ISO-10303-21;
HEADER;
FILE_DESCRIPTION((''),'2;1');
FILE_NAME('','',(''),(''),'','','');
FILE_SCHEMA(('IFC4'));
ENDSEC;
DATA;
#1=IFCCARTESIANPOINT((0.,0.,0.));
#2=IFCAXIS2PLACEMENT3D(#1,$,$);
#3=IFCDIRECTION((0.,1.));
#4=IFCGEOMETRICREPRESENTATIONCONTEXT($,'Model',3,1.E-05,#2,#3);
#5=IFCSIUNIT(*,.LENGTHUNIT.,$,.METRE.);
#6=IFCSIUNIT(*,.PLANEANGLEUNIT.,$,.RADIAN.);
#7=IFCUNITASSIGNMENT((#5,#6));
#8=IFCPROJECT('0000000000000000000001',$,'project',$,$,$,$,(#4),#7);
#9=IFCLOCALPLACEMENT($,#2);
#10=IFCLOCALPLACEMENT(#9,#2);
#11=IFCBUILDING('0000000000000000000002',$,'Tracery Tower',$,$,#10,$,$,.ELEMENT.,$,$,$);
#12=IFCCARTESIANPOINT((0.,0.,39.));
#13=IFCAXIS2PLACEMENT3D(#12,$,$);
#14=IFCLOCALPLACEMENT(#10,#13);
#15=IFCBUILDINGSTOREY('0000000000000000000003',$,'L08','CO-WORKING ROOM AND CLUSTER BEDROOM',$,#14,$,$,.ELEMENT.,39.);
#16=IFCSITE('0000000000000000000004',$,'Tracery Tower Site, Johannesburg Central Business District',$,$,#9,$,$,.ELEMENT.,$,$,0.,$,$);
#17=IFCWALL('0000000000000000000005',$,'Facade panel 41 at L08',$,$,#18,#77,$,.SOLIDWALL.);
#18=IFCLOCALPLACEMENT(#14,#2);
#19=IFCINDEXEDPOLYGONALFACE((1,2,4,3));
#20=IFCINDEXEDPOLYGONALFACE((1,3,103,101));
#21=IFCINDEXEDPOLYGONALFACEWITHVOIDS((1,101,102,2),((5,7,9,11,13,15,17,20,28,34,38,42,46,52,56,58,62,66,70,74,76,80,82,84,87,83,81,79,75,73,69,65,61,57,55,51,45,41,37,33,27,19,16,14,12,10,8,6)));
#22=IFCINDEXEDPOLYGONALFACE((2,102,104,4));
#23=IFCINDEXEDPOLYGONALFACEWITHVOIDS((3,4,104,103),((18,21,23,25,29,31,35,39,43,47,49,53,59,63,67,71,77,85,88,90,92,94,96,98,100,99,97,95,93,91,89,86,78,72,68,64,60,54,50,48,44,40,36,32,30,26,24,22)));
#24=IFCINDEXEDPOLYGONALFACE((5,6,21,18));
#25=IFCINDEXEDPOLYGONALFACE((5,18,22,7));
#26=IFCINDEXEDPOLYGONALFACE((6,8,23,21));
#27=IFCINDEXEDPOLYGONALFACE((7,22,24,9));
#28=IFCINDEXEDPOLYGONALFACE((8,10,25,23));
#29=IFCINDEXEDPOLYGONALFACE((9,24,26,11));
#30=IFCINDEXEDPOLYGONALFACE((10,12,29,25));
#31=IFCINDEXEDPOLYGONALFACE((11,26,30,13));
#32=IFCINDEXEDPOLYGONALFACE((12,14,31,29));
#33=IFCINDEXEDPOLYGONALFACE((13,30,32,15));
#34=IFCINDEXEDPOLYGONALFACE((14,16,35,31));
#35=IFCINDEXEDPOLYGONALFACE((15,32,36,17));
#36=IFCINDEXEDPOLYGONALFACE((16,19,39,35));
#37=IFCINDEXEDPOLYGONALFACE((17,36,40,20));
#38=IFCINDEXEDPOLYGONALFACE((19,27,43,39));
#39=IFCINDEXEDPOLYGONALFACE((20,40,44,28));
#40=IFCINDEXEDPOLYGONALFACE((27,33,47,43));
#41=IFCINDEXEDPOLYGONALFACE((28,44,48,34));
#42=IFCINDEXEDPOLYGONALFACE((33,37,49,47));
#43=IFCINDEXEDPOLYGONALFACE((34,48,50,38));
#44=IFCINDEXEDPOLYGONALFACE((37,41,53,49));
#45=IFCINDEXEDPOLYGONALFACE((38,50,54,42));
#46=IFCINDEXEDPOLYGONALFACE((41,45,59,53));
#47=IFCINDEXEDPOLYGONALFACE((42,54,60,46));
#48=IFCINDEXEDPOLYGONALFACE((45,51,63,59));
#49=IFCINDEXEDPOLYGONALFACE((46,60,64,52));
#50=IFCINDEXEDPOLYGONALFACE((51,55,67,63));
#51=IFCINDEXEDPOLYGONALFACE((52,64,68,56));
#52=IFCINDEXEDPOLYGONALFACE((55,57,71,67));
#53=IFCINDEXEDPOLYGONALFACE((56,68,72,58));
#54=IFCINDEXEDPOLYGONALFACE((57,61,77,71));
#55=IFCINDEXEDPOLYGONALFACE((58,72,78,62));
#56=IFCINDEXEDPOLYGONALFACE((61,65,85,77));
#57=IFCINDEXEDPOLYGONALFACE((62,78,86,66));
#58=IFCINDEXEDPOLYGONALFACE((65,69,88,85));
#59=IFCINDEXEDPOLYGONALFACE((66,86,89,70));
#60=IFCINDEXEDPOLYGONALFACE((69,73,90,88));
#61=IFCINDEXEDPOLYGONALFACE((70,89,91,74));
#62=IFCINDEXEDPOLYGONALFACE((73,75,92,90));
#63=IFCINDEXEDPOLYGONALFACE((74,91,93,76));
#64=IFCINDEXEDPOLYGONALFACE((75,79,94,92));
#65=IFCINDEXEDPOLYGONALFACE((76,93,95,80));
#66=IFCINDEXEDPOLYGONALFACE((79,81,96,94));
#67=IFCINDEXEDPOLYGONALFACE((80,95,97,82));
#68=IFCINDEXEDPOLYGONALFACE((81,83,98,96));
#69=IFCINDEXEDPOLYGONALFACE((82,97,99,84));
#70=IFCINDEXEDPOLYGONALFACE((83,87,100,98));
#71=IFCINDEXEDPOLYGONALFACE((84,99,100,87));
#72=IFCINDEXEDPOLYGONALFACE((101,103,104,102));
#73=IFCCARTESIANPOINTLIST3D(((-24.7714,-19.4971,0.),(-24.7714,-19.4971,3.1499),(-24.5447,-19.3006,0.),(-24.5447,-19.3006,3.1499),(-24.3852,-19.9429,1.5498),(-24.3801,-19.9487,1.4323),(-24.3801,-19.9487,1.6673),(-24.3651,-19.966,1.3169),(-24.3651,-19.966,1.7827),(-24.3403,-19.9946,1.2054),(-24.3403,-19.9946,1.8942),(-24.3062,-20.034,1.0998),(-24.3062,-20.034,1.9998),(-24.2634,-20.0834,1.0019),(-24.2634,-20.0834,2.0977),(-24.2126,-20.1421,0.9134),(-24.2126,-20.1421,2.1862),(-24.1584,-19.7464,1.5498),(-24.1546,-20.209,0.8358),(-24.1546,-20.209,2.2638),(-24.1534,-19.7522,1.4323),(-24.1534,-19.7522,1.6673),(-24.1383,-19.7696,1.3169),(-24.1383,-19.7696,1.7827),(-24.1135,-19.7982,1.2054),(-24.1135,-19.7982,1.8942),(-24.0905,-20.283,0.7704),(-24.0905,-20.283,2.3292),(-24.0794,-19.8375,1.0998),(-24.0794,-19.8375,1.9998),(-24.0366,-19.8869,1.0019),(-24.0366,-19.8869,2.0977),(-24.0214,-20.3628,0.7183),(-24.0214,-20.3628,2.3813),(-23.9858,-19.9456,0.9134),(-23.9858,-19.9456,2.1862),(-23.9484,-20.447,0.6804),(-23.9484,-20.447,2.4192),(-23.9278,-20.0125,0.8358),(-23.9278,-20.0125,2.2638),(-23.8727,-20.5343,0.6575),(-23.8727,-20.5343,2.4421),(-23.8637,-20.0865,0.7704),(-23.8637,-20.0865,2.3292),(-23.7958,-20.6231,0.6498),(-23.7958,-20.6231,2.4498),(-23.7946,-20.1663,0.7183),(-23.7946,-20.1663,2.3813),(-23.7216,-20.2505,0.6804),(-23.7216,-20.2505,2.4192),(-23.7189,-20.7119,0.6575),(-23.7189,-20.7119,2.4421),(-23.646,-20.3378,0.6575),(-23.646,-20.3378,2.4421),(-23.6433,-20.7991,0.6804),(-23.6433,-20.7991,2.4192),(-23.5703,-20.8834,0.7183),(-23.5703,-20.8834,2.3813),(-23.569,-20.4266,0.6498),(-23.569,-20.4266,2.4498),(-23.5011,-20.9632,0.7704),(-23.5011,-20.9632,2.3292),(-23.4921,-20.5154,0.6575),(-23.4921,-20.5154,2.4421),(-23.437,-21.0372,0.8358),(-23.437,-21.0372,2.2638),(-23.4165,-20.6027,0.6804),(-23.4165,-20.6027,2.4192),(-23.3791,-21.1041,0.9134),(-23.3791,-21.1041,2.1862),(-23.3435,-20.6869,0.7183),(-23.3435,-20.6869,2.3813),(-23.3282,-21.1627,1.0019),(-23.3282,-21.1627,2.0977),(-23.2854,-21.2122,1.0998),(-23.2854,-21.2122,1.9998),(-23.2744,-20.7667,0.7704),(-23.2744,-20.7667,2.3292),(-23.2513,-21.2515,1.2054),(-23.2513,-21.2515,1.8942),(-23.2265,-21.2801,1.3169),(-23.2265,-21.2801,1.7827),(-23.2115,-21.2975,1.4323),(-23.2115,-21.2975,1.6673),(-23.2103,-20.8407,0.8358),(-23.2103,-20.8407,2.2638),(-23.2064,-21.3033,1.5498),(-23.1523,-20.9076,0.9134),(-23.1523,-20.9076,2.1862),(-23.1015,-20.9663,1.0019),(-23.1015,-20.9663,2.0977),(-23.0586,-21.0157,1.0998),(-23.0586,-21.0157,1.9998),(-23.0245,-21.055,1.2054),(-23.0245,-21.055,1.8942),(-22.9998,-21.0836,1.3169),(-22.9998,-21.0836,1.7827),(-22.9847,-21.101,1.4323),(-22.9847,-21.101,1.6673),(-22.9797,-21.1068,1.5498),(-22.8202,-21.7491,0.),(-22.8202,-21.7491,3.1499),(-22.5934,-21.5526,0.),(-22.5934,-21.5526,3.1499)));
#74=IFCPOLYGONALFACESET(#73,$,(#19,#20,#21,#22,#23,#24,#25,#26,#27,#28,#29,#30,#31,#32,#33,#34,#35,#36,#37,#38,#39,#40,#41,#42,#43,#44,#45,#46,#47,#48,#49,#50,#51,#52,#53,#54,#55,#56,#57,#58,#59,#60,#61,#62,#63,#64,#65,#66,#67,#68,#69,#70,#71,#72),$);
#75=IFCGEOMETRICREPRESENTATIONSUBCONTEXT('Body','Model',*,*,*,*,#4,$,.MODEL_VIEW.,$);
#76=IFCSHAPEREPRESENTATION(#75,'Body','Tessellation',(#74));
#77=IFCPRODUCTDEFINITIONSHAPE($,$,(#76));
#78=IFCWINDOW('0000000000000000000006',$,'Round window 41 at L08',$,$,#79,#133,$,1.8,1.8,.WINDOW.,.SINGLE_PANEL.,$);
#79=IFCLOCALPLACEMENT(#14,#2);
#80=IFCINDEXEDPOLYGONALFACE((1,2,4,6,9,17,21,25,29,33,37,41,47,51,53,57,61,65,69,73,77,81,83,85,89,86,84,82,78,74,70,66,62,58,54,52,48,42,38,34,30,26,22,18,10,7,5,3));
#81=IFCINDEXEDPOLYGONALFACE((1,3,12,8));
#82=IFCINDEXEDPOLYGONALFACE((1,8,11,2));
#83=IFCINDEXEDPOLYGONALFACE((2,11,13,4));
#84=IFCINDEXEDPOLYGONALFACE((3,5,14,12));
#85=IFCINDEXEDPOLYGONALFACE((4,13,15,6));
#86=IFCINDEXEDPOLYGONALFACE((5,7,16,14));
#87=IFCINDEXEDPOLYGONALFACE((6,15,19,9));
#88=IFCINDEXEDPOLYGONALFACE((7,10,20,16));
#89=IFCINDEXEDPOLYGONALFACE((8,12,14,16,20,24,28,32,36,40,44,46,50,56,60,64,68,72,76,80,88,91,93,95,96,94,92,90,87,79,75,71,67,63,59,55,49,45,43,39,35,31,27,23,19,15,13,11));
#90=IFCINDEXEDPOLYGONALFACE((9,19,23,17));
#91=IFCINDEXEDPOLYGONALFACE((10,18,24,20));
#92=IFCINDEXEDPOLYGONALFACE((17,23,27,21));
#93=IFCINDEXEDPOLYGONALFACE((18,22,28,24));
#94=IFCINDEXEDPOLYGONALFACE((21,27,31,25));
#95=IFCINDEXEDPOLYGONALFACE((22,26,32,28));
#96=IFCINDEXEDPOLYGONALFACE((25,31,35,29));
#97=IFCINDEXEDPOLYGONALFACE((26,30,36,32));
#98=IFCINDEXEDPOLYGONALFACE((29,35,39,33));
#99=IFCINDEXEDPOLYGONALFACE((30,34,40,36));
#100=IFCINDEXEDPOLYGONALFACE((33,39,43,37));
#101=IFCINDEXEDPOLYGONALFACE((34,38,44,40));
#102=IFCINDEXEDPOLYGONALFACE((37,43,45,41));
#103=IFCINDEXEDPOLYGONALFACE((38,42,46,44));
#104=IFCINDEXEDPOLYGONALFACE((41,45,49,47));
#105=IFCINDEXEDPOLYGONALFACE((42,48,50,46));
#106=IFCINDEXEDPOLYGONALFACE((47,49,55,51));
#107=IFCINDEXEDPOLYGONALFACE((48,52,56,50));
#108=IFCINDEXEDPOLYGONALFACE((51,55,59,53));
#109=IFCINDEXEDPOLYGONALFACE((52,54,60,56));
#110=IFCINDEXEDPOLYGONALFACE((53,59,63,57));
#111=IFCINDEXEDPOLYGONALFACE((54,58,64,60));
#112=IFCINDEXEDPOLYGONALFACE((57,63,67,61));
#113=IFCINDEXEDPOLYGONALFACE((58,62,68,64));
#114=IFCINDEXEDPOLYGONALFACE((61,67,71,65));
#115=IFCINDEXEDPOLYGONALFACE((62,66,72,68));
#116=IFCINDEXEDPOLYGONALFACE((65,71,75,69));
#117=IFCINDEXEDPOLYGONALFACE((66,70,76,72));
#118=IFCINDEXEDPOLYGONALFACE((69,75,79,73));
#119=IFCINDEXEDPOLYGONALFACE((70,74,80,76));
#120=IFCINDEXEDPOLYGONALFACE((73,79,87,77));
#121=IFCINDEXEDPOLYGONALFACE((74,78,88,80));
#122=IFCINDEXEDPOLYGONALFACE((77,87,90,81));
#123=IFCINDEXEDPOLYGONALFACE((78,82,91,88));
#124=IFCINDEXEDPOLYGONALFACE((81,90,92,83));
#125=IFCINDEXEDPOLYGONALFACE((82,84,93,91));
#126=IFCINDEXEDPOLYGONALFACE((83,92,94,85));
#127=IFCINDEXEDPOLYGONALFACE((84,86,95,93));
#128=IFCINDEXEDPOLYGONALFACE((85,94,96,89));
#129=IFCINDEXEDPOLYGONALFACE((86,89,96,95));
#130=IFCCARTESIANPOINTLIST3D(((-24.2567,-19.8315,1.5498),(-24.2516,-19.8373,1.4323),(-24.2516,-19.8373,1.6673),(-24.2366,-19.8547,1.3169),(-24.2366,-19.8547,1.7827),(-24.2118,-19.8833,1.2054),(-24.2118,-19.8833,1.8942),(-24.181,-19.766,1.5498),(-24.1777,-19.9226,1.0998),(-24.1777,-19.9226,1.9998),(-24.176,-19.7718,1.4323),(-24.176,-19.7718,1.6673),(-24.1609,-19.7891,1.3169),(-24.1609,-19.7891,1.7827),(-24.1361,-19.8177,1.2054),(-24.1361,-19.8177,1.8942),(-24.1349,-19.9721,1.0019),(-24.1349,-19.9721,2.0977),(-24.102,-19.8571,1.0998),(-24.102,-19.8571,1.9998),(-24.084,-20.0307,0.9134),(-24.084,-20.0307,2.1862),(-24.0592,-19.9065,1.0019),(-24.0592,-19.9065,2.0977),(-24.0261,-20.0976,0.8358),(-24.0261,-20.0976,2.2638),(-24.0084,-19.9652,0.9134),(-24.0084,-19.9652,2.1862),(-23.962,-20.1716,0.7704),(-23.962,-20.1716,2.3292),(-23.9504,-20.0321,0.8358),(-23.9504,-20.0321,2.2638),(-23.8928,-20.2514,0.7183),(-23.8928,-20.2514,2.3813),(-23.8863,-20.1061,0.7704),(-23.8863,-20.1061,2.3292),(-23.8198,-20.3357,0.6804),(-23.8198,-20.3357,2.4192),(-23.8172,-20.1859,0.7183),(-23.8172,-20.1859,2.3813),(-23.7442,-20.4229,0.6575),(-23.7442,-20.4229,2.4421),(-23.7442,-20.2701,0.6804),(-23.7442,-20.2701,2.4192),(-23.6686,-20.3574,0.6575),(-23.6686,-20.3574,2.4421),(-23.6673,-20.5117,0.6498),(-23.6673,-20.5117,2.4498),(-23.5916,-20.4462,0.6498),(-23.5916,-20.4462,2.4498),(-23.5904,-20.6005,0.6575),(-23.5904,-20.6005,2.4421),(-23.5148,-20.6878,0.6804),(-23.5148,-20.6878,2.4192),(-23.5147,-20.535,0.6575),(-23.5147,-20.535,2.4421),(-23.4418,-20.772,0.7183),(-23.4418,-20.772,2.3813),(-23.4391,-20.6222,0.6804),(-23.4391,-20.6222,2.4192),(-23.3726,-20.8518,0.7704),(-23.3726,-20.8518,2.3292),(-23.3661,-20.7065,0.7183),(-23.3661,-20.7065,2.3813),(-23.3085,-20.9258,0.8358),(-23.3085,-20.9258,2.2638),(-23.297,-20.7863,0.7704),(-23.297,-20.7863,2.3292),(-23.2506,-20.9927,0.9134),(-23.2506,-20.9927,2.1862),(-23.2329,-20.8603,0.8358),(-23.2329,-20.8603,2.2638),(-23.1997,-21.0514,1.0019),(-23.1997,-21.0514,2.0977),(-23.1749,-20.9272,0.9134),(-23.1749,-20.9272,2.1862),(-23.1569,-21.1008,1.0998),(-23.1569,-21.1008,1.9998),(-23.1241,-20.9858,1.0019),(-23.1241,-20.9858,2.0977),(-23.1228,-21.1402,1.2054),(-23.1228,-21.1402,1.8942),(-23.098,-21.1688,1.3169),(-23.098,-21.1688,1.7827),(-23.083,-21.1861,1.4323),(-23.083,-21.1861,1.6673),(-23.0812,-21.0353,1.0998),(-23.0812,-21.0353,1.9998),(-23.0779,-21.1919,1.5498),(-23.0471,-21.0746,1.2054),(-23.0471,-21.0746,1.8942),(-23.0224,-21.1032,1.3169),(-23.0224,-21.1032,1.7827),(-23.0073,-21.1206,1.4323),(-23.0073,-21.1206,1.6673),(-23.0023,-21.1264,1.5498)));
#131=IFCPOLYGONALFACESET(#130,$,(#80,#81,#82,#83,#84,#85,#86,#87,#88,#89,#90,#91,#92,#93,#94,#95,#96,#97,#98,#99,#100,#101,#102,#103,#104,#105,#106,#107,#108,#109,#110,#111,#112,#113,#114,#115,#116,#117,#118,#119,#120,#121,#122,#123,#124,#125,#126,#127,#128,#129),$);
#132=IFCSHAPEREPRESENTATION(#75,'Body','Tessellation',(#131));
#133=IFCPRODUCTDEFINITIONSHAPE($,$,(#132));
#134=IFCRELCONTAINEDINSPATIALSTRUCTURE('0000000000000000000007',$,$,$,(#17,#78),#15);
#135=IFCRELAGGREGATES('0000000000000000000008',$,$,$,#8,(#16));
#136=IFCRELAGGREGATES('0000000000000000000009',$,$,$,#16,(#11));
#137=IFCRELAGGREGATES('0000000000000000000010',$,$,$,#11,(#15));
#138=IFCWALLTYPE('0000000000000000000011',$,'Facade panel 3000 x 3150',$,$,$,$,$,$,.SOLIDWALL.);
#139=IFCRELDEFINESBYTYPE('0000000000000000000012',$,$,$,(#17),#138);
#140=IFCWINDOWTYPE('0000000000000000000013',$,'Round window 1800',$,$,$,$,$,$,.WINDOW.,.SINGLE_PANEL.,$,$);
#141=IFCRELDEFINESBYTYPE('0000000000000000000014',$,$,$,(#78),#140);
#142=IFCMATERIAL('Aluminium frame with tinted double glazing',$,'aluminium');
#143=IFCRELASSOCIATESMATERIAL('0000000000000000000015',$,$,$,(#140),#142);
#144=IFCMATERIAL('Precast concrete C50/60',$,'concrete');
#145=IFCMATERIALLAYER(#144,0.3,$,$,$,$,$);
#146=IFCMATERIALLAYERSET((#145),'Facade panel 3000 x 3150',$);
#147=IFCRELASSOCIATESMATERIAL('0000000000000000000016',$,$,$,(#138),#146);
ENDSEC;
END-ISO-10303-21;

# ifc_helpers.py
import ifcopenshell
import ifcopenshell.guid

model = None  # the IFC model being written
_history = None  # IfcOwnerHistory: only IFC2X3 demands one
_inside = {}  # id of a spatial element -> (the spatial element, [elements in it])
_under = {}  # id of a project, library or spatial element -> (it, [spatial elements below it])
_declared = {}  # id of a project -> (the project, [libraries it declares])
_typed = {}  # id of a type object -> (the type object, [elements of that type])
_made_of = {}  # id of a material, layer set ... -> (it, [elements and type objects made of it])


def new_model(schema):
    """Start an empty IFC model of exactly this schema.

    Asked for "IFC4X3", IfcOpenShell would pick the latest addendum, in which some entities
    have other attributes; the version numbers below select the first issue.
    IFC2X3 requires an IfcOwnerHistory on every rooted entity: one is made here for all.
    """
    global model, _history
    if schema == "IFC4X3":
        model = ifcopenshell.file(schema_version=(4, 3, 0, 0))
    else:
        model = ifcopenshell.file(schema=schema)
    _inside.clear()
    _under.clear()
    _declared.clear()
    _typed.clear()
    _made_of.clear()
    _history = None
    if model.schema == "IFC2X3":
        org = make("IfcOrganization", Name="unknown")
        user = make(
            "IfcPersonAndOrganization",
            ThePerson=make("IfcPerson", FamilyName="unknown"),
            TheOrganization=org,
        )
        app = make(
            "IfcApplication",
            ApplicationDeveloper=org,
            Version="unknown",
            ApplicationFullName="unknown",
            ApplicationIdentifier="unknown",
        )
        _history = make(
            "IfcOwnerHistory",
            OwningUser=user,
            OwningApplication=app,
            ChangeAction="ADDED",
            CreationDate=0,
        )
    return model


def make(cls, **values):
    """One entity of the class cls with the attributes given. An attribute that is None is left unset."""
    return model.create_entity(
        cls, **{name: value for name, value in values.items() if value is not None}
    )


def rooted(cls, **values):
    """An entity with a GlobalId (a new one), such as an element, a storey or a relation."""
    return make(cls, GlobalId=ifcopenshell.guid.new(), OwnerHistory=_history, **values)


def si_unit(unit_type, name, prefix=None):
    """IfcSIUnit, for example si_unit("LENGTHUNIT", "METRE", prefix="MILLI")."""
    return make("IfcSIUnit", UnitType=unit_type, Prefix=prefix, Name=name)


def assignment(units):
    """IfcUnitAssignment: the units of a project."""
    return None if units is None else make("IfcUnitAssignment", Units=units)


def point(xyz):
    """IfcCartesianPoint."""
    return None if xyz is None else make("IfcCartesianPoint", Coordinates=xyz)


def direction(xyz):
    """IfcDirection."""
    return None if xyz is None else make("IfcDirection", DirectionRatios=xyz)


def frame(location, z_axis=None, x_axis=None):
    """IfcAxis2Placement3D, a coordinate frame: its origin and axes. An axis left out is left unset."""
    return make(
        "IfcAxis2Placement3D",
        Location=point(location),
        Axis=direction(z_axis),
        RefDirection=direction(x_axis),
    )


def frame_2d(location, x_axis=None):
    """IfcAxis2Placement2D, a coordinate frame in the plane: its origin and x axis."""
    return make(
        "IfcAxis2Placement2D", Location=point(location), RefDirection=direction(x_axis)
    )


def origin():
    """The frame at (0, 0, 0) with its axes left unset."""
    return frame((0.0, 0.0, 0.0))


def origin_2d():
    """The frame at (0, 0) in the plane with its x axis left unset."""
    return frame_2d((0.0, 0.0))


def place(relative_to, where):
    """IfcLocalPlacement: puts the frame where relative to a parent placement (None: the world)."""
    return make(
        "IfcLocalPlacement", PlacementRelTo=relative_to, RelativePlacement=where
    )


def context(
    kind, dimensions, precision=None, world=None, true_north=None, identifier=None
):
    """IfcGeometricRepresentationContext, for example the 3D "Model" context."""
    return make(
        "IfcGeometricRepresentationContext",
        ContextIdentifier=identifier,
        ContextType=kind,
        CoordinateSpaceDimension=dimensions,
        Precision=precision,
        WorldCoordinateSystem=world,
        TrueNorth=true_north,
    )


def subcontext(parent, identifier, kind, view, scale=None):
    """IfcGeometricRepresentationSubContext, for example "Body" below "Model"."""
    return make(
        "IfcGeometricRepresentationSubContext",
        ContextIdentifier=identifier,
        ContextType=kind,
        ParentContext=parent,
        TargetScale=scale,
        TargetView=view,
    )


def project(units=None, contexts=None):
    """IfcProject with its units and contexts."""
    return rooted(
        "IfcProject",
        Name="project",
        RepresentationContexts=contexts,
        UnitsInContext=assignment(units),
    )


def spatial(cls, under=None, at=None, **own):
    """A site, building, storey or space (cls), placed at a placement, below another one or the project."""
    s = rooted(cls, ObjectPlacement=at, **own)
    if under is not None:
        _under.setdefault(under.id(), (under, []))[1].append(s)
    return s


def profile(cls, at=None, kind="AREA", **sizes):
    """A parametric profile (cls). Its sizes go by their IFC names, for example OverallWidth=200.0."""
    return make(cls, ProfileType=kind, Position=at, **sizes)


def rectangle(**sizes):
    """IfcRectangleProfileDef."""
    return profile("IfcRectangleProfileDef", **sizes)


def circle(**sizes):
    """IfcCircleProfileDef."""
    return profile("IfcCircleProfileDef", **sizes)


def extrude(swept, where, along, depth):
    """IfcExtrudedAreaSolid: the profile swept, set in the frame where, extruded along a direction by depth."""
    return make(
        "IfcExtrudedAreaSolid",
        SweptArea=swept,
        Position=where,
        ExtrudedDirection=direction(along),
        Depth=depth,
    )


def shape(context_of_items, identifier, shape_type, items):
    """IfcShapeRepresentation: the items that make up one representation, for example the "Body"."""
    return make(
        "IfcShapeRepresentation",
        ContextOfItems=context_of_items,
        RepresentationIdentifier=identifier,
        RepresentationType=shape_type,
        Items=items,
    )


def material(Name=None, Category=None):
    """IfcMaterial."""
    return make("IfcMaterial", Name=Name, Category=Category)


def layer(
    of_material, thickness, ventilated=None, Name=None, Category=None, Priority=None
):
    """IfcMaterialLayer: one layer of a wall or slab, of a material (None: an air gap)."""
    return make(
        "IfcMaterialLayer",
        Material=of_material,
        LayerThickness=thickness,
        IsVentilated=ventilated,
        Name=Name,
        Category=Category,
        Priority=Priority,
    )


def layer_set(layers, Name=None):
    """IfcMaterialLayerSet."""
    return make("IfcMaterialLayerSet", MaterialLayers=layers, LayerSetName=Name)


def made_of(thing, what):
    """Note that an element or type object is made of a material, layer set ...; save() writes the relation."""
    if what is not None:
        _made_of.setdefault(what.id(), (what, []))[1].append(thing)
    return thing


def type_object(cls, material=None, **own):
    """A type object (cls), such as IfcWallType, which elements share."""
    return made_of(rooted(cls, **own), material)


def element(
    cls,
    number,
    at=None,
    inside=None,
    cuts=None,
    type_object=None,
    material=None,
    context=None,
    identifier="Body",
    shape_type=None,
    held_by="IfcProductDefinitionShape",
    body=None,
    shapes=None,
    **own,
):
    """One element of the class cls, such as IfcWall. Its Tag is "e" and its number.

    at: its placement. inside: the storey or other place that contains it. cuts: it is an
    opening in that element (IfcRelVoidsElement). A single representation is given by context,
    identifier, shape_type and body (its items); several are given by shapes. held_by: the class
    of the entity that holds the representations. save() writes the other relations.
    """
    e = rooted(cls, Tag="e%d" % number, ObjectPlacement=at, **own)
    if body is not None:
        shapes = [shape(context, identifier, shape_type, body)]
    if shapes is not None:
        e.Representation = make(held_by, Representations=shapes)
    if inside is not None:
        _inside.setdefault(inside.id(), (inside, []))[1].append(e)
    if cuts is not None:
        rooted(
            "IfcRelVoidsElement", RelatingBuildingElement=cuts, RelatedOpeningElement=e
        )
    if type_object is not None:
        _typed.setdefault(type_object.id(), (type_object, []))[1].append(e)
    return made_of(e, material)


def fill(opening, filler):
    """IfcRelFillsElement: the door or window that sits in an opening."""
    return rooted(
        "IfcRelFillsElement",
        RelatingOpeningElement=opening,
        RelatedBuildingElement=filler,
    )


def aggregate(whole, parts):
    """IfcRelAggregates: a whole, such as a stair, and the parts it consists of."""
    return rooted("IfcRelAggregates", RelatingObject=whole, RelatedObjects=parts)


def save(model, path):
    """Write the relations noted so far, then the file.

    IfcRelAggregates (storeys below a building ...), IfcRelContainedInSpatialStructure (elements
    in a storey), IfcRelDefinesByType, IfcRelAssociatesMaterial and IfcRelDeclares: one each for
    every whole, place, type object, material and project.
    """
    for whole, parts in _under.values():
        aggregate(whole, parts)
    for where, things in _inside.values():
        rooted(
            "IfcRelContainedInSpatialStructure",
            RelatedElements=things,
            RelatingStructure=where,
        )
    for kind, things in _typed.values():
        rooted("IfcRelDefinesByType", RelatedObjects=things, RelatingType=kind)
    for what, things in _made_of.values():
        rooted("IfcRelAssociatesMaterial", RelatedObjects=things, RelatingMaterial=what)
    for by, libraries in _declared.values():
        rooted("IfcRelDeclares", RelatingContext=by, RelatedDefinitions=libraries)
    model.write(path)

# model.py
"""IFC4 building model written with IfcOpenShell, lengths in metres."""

from ifc_helpers import new_model, si_unit, direction, frame, frame_2d, origin, origin_2d, place, context, subcontext, project, spatial, rectangle, circle, extrude, material, layer, layer_set, type_object, element, fill, save


model = new_model("IFC4")

# Units and contexts
model_context = context("Model", 3, precision=1e-05, world=origin(), true_north=direction((0.0, 1.0)))
body_context = subcontext(model_context, "Body", "Model", "MODEL_VIEW")
ifc_project = project(units=[si_unit("LENGTHUNIT", "METRE"), si_unit("PLANEANGLEUNIT", "RADIAN")], contexts=[model_context])

# Site, building, storey
site_placement = place(None, origin())
site = spatial("IfcSite", under=ifc_project, at=site_placement, Name="Tracery Tower Site, Johannesburg Central Business District", CompositionType="ELEMENT", RefElevation=0.0)
building_placement = place(site_placement, origin())
building = spatial("IfcBuilding", under=site, at=building_placement, Name="Tracery Tower", CompositionType="ELEMENT")
storey_placement = place(building_placement, frame((0.0, 0.0, 39.0)))
storey = spatial("IfcBuildingStorey", under=building, at=storey_placement, Name="L08", Description="CO-WORKING ROOM AND CLUSTER BEDROOM", CompositionType="ELEMENT", Elevation=39.0)

# Wall, opening, window
ifc_material_1 = material(Name="Aluminium frame with tinted double glazing", Category="aluminium")
window_type = type_object("IfcWindowType", Name="Round window 1800", PartitioningType="SINGLE_PANEL", PredefinedType="WINDOW", material=ifc_material_1)
ifc_material_2 = material(Name="Precast concrete C50/60", Category="concrete")
ifc_layer_1 = layer(ifc_material_2, 0.3)
ifc_layer_set_1 = layer_set([ifc_layer_1], Name="Facade panel 3000 x 3150")
wall_type_1 = type_object("IfcWallType", Name="Facade panel 3000 x 3150", PredefinedType="SOLIDWALL", material=ifc_layer_set_1)
wall_1_placement = place(storey_placement, frame((-24.658, -19.3989, 0.0), z_axis=(0.0, 0.0, 1.0), x_axis=(0.654831, -0.755776, 0.0)))
wall_1 = element("IfcWall", 1, at=wall_1_placement, inside=storey, type_object=wall_type_1, Name="Facade panel 41 at L08", PredefinedType="SOLIDWALL", context=body_context, shape_type="SweptSolid", body=[
    extrude(rectangle(XDim=2.9797, YDim=0.3, at=frame_2d((1.4897, 0.0))), origin(), (0.0, 0.0, 1.0), 3.1499),
])
opening_1_placement = place(wall_1_placement, frame((1.4897, 0.0, 1.5498)))
opening_1 = element("IfcOpeningElement", 2, at=opening_1_placement, cuts=wall_1, PredefinedType="OPENING", context=body_context, shape_type="SweptSolid", body=[
    extrude(circle(Radius=0.9, at=origin_2d()), frame((0.0, 0.1599, 0.0), z_axis=(0.0, -1.0, 0.0), x_axis=(1.0, 0.0, 0.0)), (0.0, 0.0, 1.0), 0.3201),
])
window_1_placement = place(opening_1_placement, origin())
window_1 = element("IfcWindow", 3, at=window_1_placement, inside=storey, type_object=window_type, Name="Round window 41 at L08", OverallHeight=1.8, OverallWidth=1.8, PartitioningType="SINGLE_PANEL", PredefinedType="WINDOW", context=body_context, shape_type="SweptSolid", body=[
    extrude(circle(Radius=0.9, at=origin_2d()), frame((0.0, 0.1201, 0.0), z_axis=(0.0, -1.0, 0.0), x_axis=(1.0, 0.0, 0.0)), (0.0, 0.0, 1.0), 0.1001),
])
fill(opening_1, window_1)

save(model, "model.ifc")
